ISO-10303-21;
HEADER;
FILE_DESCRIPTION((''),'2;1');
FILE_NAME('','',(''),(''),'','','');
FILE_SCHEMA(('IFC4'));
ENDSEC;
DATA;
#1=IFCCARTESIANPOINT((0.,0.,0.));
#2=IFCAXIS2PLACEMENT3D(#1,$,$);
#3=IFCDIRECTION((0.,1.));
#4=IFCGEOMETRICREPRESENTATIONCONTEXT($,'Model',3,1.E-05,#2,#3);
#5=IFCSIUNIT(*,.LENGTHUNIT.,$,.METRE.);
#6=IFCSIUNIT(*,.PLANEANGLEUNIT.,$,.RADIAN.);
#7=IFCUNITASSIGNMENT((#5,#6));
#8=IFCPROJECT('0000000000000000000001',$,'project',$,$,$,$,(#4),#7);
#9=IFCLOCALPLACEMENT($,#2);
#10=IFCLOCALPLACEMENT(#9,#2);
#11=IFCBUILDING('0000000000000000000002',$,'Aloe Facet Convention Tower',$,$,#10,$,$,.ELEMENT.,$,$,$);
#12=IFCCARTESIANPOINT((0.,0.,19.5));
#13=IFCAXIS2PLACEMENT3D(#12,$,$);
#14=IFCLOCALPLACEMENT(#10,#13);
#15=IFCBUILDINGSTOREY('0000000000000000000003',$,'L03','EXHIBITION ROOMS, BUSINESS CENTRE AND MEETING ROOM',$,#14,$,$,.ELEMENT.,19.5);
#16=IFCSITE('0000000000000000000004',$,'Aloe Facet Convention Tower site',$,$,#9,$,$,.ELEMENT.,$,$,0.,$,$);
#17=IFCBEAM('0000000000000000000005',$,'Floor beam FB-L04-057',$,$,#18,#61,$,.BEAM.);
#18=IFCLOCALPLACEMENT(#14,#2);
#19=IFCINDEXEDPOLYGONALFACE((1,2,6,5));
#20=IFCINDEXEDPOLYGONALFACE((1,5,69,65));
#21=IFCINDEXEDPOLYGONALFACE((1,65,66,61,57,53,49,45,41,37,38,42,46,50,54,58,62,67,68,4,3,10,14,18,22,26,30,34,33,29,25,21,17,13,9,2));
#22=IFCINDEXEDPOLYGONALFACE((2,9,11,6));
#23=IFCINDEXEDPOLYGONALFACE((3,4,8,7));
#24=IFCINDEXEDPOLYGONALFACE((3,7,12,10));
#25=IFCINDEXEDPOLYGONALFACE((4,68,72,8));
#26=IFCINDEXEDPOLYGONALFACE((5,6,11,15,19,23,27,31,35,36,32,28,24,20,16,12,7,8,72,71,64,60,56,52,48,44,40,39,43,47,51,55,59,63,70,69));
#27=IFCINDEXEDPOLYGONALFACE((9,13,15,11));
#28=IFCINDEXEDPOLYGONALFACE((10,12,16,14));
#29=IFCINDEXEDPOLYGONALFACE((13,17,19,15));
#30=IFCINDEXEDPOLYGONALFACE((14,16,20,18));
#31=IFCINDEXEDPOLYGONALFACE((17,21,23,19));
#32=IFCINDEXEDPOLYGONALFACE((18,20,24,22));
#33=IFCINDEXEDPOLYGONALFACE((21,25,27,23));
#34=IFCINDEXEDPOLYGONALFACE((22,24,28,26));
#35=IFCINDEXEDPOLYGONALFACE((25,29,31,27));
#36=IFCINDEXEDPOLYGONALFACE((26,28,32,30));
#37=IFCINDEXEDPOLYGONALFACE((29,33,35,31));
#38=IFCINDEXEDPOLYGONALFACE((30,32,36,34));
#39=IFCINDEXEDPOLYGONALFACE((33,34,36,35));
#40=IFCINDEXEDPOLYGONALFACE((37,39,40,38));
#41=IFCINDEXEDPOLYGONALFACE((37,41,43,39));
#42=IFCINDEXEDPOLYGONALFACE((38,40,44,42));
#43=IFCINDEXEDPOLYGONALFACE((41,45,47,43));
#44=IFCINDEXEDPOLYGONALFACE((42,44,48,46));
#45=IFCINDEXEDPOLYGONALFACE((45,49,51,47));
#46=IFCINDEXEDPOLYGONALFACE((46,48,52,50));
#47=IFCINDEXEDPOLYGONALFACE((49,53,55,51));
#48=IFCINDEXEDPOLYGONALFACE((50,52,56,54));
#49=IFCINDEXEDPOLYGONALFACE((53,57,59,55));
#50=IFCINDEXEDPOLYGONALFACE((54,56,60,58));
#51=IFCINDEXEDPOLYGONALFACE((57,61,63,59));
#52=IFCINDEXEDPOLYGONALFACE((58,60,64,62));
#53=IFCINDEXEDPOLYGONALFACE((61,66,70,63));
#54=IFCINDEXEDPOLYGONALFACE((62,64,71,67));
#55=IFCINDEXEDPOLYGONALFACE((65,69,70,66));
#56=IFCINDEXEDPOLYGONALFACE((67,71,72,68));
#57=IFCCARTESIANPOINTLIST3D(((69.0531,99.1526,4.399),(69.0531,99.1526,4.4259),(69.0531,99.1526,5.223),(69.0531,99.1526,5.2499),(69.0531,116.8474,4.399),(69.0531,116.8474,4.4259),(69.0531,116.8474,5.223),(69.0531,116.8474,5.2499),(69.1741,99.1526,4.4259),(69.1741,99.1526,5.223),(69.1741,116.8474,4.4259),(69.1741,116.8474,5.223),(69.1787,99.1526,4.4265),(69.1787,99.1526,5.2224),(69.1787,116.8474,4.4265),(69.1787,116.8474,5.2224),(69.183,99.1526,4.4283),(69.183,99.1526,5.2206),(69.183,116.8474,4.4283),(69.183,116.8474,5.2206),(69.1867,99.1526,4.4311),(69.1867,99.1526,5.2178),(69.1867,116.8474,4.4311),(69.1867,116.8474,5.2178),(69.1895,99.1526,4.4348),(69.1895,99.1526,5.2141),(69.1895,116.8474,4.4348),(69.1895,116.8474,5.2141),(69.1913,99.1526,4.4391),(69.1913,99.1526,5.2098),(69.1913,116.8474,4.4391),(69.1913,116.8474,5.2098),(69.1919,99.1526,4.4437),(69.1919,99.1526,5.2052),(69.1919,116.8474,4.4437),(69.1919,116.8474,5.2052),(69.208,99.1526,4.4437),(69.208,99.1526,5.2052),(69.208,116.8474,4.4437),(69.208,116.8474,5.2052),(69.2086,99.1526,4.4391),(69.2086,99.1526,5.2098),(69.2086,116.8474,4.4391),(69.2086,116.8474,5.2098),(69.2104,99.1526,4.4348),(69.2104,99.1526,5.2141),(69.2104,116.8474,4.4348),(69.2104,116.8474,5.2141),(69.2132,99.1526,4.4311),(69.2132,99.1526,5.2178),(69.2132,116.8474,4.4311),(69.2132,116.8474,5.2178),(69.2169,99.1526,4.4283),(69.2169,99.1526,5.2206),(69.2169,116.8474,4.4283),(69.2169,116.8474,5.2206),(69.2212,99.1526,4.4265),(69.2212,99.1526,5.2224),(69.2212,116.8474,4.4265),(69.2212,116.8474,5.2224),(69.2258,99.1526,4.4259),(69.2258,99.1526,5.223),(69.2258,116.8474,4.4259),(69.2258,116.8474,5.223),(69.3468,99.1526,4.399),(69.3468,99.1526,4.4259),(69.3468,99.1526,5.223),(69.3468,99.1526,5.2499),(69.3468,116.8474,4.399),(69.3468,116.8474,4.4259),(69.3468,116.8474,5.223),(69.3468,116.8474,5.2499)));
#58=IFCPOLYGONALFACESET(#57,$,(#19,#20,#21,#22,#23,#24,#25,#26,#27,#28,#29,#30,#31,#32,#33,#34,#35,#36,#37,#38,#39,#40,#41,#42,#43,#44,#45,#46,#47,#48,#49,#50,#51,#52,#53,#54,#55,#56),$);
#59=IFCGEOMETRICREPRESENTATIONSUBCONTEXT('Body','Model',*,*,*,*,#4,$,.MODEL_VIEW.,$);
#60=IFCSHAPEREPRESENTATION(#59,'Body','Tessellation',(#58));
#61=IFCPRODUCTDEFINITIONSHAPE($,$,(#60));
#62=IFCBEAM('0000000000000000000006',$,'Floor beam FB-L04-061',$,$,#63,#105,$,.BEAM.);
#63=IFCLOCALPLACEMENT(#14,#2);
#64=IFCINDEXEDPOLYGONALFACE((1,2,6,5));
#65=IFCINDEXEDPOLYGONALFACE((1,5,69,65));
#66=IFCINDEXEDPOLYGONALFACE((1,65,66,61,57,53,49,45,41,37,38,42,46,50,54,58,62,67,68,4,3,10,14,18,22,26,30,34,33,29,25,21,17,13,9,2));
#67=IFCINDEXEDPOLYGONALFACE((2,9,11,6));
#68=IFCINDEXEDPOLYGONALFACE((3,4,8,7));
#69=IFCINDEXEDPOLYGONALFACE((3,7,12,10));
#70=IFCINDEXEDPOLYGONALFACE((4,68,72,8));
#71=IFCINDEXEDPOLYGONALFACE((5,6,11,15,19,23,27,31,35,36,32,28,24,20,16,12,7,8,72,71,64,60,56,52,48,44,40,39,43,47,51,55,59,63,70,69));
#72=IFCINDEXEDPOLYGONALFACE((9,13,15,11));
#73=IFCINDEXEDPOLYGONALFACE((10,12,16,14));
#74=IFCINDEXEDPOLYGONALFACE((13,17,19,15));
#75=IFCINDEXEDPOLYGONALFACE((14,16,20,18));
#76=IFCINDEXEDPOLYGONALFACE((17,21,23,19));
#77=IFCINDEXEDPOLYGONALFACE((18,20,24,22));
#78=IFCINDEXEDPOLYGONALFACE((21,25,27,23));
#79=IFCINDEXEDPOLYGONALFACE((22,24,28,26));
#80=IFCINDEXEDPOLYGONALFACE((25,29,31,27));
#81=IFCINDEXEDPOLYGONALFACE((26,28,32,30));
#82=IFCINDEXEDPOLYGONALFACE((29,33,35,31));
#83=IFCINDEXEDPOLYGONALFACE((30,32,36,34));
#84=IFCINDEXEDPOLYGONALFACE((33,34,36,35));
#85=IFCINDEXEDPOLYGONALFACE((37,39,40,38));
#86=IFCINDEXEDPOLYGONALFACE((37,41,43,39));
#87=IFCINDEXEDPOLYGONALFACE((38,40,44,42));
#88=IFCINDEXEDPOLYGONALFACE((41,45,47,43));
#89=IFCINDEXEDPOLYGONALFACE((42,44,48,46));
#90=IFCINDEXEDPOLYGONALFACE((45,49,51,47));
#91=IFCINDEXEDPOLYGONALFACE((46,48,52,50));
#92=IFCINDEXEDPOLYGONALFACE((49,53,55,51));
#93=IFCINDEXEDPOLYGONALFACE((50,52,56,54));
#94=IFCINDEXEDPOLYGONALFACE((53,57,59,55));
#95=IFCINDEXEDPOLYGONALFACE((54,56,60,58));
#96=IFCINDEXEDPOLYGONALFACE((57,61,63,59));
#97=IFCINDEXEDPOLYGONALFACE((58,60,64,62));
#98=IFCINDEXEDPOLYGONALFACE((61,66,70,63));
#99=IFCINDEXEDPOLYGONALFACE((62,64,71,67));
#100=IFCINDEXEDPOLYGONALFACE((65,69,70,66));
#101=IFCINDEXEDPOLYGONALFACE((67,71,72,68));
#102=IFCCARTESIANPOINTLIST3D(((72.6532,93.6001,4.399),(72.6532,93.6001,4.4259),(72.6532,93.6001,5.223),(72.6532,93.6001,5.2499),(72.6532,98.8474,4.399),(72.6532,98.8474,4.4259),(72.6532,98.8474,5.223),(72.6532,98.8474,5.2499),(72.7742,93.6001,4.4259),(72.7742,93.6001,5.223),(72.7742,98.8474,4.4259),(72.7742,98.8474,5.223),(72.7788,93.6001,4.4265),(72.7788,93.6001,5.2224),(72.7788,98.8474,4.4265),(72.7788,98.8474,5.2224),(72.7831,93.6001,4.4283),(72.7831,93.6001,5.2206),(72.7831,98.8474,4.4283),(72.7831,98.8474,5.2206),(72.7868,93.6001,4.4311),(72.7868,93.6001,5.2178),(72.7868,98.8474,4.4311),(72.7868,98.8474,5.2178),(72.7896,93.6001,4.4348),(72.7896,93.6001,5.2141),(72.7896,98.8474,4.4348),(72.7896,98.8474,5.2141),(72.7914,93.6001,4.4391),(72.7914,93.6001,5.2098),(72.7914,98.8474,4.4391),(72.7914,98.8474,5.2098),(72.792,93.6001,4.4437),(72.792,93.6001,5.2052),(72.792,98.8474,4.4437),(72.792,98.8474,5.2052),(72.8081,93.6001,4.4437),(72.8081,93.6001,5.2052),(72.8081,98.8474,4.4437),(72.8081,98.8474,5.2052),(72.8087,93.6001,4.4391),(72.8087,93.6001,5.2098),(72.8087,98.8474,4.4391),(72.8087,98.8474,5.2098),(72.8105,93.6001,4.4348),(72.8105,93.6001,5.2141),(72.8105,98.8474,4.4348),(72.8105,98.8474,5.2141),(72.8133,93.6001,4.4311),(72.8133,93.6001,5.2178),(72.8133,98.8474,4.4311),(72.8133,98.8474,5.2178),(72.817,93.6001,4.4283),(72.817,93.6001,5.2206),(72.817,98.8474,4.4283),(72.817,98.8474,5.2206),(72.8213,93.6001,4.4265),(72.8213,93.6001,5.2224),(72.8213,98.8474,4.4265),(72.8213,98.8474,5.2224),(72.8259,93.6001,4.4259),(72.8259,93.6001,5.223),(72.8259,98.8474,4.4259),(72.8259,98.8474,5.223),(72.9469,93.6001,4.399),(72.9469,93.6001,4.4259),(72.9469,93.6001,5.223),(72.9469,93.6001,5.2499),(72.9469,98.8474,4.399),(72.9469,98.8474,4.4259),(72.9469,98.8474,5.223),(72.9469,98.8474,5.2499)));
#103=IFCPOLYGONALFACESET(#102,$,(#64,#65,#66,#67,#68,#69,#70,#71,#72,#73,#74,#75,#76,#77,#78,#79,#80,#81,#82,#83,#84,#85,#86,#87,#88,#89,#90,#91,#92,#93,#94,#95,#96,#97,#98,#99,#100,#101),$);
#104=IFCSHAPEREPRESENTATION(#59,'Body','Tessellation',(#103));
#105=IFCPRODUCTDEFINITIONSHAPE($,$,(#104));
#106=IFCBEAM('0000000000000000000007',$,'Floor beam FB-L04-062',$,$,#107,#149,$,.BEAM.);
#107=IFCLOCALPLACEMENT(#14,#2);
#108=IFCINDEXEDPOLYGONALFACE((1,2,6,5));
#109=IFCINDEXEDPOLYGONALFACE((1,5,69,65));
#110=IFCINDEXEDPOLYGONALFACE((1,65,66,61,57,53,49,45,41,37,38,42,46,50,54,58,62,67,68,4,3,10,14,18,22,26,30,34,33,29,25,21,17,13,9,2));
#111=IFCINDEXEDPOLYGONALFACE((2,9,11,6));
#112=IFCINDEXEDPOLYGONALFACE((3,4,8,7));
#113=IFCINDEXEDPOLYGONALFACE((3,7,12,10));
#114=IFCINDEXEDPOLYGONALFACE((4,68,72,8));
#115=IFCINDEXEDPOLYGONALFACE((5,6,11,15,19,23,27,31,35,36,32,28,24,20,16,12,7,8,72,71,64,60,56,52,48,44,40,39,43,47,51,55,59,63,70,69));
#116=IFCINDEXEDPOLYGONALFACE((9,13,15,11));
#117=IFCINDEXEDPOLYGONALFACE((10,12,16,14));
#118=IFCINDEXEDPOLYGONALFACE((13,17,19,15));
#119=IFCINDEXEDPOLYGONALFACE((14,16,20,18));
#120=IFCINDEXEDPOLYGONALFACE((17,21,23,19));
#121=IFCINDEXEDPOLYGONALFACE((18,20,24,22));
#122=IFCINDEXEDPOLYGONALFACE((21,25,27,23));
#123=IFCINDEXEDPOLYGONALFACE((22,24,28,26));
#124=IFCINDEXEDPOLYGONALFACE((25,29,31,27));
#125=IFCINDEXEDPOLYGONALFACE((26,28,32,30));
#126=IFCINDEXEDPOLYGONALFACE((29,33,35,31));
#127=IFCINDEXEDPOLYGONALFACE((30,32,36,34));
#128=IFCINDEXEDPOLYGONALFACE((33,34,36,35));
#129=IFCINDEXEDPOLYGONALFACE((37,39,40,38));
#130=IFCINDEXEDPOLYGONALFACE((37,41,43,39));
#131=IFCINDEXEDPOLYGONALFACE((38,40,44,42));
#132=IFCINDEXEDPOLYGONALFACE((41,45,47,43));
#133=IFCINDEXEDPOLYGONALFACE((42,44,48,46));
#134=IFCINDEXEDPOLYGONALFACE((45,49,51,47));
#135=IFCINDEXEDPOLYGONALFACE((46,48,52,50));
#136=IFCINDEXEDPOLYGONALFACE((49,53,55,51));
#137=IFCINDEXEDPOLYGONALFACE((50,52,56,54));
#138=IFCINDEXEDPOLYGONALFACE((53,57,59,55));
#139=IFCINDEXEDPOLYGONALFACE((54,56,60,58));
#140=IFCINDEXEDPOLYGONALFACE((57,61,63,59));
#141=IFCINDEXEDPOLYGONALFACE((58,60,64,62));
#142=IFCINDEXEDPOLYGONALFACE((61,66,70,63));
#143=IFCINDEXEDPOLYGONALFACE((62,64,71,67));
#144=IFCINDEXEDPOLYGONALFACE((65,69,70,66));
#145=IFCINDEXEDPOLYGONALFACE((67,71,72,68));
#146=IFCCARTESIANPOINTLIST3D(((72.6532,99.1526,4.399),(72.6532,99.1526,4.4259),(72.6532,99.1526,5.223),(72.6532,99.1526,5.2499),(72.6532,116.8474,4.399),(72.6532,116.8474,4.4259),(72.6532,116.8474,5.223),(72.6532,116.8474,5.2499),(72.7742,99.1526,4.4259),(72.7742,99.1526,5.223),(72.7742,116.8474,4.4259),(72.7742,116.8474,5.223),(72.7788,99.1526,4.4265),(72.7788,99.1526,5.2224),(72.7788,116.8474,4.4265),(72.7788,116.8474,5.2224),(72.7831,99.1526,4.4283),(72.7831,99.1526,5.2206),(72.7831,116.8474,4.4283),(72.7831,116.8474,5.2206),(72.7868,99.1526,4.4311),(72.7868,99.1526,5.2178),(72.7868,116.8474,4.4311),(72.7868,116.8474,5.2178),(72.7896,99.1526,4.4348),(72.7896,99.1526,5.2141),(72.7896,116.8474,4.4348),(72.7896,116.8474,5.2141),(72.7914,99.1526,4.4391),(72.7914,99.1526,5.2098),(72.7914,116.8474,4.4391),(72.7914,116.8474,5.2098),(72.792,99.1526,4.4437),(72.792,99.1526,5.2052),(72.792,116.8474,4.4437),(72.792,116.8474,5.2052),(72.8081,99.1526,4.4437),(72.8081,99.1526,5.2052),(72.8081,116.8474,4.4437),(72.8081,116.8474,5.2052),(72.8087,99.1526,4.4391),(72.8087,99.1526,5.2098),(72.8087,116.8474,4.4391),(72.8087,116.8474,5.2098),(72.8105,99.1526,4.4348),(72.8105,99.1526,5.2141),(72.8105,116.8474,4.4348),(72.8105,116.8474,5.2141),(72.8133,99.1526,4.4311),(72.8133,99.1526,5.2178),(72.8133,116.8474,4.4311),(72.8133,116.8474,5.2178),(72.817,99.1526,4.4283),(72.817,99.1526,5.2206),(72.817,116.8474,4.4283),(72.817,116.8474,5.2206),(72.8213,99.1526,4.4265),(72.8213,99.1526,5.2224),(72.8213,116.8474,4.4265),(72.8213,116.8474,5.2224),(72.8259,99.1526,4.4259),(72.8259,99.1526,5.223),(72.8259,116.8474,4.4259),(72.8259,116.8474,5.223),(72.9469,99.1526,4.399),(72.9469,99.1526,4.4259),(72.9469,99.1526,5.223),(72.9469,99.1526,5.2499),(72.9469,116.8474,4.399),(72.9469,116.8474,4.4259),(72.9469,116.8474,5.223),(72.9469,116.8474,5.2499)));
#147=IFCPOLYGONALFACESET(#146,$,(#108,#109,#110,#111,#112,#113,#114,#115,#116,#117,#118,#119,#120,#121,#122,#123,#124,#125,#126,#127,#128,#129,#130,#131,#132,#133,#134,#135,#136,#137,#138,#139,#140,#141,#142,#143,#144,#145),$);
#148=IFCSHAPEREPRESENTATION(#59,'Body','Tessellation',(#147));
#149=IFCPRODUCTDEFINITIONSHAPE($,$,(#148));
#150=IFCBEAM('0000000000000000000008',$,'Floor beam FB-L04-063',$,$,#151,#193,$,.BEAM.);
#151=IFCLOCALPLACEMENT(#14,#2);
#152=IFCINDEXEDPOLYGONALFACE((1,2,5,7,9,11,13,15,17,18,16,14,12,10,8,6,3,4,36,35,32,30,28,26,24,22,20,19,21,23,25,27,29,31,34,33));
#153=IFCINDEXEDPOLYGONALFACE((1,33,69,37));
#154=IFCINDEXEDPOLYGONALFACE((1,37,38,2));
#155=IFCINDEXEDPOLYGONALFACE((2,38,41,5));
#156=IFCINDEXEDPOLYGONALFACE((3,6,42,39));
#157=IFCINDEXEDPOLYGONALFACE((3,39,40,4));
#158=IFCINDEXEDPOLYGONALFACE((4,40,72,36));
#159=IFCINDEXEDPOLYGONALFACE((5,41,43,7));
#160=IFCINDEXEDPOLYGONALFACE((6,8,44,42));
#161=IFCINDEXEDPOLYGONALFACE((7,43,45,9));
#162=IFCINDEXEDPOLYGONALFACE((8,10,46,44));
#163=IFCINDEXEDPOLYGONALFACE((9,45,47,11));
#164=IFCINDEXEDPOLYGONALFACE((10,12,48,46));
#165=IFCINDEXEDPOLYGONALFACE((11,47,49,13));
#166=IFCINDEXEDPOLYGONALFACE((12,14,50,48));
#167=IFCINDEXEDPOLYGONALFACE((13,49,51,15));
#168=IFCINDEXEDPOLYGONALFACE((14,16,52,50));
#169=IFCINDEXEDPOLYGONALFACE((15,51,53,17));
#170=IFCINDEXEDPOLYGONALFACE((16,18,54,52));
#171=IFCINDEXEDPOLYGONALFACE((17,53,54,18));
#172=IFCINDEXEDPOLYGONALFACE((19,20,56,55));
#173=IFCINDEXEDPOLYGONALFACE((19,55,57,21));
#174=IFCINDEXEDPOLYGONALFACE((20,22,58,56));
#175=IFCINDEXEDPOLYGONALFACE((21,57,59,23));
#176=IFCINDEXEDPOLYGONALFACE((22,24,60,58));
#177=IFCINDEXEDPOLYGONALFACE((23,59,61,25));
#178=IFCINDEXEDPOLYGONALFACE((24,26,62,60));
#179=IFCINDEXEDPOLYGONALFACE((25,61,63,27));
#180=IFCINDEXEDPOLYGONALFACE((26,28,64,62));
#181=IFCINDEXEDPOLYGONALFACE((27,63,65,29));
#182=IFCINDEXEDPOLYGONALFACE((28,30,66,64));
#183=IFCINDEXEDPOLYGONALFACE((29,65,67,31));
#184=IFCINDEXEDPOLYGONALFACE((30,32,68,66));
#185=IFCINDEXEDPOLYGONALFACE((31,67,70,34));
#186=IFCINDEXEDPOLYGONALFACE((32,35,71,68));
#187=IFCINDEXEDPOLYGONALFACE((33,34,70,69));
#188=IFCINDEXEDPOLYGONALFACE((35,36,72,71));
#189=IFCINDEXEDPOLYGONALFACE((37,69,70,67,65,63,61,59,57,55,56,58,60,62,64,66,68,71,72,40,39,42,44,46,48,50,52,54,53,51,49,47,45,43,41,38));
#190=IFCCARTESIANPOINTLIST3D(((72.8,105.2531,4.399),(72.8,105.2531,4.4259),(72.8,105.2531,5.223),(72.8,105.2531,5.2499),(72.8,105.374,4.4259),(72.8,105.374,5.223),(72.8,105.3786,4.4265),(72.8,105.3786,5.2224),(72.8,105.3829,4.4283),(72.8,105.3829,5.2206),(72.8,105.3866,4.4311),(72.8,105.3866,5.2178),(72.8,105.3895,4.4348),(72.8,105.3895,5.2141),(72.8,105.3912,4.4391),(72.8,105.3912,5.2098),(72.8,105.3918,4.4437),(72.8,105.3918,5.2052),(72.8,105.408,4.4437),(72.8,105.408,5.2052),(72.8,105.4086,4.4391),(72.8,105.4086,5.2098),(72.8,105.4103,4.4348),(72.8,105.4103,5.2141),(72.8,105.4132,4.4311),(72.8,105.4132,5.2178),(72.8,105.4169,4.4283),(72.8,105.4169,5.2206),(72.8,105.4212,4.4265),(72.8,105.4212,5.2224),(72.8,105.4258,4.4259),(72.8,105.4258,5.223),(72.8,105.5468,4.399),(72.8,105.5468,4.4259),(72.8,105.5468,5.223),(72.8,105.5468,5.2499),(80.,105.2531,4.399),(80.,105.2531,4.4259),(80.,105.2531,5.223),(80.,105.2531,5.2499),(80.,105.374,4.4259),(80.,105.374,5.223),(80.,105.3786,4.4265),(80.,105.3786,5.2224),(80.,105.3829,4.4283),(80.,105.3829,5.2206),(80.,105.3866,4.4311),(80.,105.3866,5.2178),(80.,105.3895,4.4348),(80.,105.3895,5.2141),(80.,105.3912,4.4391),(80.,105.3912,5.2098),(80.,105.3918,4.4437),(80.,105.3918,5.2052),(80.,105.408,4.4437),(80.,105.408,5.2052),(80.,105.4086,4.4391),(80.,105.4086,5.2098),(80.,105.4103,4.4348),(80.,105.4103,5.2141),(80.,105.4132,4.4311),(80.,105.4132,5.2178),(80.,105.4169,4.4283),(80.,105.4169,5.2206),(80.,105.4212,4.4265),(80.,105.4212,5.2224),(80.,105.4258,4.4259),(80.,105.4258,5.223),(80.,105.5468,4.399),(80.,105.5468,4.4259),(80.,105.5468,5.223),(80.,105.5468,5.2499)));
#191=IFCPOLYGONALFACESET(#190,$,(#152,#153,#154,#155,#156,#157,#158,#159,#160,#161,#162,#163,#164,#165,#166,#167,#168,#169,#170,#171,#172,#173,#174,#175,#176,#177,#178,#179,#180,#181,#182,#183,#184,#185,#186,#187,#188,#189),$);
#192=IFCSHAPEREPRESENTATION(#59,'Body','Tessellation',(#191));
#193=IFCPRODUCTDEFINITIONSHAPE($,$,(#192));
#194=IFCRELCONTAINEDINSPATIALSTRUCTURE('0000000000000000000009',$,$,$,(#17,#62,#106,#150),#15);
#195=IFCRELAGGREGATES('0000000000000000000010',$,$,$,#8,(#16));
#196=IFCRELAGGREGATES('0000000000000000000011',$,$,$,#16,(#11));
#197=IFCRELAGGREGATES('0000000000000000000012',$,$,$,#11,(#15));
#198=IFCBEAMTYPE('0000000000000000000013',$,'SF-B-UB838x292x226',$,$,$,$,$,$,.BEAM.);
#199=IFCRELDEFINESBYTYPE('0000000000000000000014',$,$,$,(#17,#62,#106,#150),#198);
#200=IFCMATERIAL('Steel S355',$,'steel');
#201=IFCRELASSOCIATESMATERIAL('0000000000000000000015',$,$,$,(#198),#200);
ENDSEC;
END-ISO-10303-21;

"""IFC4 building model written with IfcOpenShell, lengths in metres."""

from ifc_helpers import new_model, si_unit, direction, frame, origin, origin_2d, place, context, subcontext, project, spatial, i_section, extrude, material, material_profile, profile_set, type_object, element, save


model = new_model("IFC4")

# Units and contexts
model_context = context("Model", 3, precision=1e-05, world=origin(), true_north=direction((0.0, 1.0)))
body_context = subcontext(model_context, "Body", "Model", "MODEL_VIEW")
ifc_project = project(units=[si_unit("LENGTHUNIT", "METRE"), si_unit("PLANEANGLEUNIT", "RADIAN")], contexts=[model_context])

# Site, building, storey
site_placement = place(None, origin())
site = spatial("IfcSite", under=ifc_project, at=site_placement, Name="Aloe Facet Convention Tower site", CompositionType="ELEMENT", RefElevation=0.0)
building_placement = place(site_placement, origin())
building = spatial("IfcBuilding", under=site, at=building_placement, Name="Aloe Facet Convention Tower", CompositionType="ELEMENT")
storey_placement = place(building_placement, frame((0.0, 0.0, 19.5)))
storey = spatial("IfcBuildingStorey", under=building, at=storey_placement, Name="L03", Description="EXHIBITION ROOMS, BUSINESS CENTRE AND MEETING ROOM", CompositionType="ELEMENT", Elevation=19.5)

# Beams
ifc_material_1 = material(Name="Steel S355", Category="steel")
ifc_material_profile_1 = material_profile(ifc_material_1, i_section(OverallWidth=0.2937, OverallDepth=0.8508, WebThickness=0.0161, FlangeThickness=0.0269, FilletRadius=0.0178, at=origin_2d()), Name="UB 838x292x226")
ifc_profile_set_1 = profile_set([ifc_material_profile_1], Name="Steel S355")
beam_type_1 = type_object("IfcBeamType", Name="SF-B-UB838x292x226", PredefinedType="BEAM", material=ifc_profile_set_1)
beam_1_placement = place(storey_placement, frame((69.2, 99.1526, 4.8245), z_axis=(0.0, 1.0, 0.0), x_axis=(-1.0, 0.0, 0.0)))
element("IfcBeam", 1, at=beam_1_placement, inside=storey, type_object=beam_type_1, Name="Floor beam FB-L04-057", PredefinedType="BEAM", context=body_context, shape_type="SweptSolid", body=[
    extrude(i_section(OverallWidth=0.2937, OverallDepth=0.8508, WebThickness=0.0161, FlangeThickness=0.0269, FilletRadius=0.0178, at=origin_2d()), origin(), (0.0, 0.0, 1.0), 17.6948),
])
beam_2_placement = place(storey_placement, frame((72.8, 93.6001, 4.8245), z_axis=(0.0, 1.0, 0.0), x_axis=(-1.0, 0.0, 0.0)))
element("IfcBeam", 2, at=beam_2_placement, inside=storey, type_object=beam_type_1, Name="Floor beam FB-L04-061", PredefinedType="BEAM", context=body_context, shape_type="SweptSolid", body=[
    extrude(i_section(OverallWidth=0.2937, OverallDepth=0.8508, WebThickness=0.0161, FlangeThickness=0.0269, FilletRadius=0.0178, at=origin_2d()), origin(), (0.0, 0.0, 1.0), 5.2473),
])
beam_3_placement = place(storey_placement, frame((72.8, 99.1526, 4.8245), z_axis=(0.0, 1.0, 0.0), x_axis=(-1.0, 0.0, 0.0)))
element("IfcBeam", 3, at=beam_3_placement, inside=storey, type_object=beam_type_1, Name="Floor beam FB-L04-062", PredefinedType="BEAM", context=body_context, shape_type="SweptSolid", body=[
    extrude(i_section(OverallWidth=0.2937, OverallDepth=0.8508, WebThickness=0.0161, FlangeThickness=0.0269, FilletRadius=0.0178, at=origin_2d()), origin(), (0.0, 0.0, 1.0), 17.6948),
])
beam_4_placement = place(storey_placement, frame((72.8, 105.3999, 4.8245), z_axis=(1.0, 0.0, 0.0), x_axis=(0.0, 1.0, 0.0)))
element("IfcBeam", 4, at=beam_4_placement, inside=storey, type_object=beam_type_1, Name="Floor beam FB-L04-063", PredefinedType="BEAM", context=body_context, shape_type="SweptSolid", body=[
    extrude(i_section(OverallWidth=0.2937, OverallDepth=0.8508, WebThickness=0.0161, FlangeThickness=0.0269, FilletRadius=0.0178, at=origin_2d()), origin(), (0.0, 0.0, 1.0), 7.2),
])

save(model, "model.ifc")
